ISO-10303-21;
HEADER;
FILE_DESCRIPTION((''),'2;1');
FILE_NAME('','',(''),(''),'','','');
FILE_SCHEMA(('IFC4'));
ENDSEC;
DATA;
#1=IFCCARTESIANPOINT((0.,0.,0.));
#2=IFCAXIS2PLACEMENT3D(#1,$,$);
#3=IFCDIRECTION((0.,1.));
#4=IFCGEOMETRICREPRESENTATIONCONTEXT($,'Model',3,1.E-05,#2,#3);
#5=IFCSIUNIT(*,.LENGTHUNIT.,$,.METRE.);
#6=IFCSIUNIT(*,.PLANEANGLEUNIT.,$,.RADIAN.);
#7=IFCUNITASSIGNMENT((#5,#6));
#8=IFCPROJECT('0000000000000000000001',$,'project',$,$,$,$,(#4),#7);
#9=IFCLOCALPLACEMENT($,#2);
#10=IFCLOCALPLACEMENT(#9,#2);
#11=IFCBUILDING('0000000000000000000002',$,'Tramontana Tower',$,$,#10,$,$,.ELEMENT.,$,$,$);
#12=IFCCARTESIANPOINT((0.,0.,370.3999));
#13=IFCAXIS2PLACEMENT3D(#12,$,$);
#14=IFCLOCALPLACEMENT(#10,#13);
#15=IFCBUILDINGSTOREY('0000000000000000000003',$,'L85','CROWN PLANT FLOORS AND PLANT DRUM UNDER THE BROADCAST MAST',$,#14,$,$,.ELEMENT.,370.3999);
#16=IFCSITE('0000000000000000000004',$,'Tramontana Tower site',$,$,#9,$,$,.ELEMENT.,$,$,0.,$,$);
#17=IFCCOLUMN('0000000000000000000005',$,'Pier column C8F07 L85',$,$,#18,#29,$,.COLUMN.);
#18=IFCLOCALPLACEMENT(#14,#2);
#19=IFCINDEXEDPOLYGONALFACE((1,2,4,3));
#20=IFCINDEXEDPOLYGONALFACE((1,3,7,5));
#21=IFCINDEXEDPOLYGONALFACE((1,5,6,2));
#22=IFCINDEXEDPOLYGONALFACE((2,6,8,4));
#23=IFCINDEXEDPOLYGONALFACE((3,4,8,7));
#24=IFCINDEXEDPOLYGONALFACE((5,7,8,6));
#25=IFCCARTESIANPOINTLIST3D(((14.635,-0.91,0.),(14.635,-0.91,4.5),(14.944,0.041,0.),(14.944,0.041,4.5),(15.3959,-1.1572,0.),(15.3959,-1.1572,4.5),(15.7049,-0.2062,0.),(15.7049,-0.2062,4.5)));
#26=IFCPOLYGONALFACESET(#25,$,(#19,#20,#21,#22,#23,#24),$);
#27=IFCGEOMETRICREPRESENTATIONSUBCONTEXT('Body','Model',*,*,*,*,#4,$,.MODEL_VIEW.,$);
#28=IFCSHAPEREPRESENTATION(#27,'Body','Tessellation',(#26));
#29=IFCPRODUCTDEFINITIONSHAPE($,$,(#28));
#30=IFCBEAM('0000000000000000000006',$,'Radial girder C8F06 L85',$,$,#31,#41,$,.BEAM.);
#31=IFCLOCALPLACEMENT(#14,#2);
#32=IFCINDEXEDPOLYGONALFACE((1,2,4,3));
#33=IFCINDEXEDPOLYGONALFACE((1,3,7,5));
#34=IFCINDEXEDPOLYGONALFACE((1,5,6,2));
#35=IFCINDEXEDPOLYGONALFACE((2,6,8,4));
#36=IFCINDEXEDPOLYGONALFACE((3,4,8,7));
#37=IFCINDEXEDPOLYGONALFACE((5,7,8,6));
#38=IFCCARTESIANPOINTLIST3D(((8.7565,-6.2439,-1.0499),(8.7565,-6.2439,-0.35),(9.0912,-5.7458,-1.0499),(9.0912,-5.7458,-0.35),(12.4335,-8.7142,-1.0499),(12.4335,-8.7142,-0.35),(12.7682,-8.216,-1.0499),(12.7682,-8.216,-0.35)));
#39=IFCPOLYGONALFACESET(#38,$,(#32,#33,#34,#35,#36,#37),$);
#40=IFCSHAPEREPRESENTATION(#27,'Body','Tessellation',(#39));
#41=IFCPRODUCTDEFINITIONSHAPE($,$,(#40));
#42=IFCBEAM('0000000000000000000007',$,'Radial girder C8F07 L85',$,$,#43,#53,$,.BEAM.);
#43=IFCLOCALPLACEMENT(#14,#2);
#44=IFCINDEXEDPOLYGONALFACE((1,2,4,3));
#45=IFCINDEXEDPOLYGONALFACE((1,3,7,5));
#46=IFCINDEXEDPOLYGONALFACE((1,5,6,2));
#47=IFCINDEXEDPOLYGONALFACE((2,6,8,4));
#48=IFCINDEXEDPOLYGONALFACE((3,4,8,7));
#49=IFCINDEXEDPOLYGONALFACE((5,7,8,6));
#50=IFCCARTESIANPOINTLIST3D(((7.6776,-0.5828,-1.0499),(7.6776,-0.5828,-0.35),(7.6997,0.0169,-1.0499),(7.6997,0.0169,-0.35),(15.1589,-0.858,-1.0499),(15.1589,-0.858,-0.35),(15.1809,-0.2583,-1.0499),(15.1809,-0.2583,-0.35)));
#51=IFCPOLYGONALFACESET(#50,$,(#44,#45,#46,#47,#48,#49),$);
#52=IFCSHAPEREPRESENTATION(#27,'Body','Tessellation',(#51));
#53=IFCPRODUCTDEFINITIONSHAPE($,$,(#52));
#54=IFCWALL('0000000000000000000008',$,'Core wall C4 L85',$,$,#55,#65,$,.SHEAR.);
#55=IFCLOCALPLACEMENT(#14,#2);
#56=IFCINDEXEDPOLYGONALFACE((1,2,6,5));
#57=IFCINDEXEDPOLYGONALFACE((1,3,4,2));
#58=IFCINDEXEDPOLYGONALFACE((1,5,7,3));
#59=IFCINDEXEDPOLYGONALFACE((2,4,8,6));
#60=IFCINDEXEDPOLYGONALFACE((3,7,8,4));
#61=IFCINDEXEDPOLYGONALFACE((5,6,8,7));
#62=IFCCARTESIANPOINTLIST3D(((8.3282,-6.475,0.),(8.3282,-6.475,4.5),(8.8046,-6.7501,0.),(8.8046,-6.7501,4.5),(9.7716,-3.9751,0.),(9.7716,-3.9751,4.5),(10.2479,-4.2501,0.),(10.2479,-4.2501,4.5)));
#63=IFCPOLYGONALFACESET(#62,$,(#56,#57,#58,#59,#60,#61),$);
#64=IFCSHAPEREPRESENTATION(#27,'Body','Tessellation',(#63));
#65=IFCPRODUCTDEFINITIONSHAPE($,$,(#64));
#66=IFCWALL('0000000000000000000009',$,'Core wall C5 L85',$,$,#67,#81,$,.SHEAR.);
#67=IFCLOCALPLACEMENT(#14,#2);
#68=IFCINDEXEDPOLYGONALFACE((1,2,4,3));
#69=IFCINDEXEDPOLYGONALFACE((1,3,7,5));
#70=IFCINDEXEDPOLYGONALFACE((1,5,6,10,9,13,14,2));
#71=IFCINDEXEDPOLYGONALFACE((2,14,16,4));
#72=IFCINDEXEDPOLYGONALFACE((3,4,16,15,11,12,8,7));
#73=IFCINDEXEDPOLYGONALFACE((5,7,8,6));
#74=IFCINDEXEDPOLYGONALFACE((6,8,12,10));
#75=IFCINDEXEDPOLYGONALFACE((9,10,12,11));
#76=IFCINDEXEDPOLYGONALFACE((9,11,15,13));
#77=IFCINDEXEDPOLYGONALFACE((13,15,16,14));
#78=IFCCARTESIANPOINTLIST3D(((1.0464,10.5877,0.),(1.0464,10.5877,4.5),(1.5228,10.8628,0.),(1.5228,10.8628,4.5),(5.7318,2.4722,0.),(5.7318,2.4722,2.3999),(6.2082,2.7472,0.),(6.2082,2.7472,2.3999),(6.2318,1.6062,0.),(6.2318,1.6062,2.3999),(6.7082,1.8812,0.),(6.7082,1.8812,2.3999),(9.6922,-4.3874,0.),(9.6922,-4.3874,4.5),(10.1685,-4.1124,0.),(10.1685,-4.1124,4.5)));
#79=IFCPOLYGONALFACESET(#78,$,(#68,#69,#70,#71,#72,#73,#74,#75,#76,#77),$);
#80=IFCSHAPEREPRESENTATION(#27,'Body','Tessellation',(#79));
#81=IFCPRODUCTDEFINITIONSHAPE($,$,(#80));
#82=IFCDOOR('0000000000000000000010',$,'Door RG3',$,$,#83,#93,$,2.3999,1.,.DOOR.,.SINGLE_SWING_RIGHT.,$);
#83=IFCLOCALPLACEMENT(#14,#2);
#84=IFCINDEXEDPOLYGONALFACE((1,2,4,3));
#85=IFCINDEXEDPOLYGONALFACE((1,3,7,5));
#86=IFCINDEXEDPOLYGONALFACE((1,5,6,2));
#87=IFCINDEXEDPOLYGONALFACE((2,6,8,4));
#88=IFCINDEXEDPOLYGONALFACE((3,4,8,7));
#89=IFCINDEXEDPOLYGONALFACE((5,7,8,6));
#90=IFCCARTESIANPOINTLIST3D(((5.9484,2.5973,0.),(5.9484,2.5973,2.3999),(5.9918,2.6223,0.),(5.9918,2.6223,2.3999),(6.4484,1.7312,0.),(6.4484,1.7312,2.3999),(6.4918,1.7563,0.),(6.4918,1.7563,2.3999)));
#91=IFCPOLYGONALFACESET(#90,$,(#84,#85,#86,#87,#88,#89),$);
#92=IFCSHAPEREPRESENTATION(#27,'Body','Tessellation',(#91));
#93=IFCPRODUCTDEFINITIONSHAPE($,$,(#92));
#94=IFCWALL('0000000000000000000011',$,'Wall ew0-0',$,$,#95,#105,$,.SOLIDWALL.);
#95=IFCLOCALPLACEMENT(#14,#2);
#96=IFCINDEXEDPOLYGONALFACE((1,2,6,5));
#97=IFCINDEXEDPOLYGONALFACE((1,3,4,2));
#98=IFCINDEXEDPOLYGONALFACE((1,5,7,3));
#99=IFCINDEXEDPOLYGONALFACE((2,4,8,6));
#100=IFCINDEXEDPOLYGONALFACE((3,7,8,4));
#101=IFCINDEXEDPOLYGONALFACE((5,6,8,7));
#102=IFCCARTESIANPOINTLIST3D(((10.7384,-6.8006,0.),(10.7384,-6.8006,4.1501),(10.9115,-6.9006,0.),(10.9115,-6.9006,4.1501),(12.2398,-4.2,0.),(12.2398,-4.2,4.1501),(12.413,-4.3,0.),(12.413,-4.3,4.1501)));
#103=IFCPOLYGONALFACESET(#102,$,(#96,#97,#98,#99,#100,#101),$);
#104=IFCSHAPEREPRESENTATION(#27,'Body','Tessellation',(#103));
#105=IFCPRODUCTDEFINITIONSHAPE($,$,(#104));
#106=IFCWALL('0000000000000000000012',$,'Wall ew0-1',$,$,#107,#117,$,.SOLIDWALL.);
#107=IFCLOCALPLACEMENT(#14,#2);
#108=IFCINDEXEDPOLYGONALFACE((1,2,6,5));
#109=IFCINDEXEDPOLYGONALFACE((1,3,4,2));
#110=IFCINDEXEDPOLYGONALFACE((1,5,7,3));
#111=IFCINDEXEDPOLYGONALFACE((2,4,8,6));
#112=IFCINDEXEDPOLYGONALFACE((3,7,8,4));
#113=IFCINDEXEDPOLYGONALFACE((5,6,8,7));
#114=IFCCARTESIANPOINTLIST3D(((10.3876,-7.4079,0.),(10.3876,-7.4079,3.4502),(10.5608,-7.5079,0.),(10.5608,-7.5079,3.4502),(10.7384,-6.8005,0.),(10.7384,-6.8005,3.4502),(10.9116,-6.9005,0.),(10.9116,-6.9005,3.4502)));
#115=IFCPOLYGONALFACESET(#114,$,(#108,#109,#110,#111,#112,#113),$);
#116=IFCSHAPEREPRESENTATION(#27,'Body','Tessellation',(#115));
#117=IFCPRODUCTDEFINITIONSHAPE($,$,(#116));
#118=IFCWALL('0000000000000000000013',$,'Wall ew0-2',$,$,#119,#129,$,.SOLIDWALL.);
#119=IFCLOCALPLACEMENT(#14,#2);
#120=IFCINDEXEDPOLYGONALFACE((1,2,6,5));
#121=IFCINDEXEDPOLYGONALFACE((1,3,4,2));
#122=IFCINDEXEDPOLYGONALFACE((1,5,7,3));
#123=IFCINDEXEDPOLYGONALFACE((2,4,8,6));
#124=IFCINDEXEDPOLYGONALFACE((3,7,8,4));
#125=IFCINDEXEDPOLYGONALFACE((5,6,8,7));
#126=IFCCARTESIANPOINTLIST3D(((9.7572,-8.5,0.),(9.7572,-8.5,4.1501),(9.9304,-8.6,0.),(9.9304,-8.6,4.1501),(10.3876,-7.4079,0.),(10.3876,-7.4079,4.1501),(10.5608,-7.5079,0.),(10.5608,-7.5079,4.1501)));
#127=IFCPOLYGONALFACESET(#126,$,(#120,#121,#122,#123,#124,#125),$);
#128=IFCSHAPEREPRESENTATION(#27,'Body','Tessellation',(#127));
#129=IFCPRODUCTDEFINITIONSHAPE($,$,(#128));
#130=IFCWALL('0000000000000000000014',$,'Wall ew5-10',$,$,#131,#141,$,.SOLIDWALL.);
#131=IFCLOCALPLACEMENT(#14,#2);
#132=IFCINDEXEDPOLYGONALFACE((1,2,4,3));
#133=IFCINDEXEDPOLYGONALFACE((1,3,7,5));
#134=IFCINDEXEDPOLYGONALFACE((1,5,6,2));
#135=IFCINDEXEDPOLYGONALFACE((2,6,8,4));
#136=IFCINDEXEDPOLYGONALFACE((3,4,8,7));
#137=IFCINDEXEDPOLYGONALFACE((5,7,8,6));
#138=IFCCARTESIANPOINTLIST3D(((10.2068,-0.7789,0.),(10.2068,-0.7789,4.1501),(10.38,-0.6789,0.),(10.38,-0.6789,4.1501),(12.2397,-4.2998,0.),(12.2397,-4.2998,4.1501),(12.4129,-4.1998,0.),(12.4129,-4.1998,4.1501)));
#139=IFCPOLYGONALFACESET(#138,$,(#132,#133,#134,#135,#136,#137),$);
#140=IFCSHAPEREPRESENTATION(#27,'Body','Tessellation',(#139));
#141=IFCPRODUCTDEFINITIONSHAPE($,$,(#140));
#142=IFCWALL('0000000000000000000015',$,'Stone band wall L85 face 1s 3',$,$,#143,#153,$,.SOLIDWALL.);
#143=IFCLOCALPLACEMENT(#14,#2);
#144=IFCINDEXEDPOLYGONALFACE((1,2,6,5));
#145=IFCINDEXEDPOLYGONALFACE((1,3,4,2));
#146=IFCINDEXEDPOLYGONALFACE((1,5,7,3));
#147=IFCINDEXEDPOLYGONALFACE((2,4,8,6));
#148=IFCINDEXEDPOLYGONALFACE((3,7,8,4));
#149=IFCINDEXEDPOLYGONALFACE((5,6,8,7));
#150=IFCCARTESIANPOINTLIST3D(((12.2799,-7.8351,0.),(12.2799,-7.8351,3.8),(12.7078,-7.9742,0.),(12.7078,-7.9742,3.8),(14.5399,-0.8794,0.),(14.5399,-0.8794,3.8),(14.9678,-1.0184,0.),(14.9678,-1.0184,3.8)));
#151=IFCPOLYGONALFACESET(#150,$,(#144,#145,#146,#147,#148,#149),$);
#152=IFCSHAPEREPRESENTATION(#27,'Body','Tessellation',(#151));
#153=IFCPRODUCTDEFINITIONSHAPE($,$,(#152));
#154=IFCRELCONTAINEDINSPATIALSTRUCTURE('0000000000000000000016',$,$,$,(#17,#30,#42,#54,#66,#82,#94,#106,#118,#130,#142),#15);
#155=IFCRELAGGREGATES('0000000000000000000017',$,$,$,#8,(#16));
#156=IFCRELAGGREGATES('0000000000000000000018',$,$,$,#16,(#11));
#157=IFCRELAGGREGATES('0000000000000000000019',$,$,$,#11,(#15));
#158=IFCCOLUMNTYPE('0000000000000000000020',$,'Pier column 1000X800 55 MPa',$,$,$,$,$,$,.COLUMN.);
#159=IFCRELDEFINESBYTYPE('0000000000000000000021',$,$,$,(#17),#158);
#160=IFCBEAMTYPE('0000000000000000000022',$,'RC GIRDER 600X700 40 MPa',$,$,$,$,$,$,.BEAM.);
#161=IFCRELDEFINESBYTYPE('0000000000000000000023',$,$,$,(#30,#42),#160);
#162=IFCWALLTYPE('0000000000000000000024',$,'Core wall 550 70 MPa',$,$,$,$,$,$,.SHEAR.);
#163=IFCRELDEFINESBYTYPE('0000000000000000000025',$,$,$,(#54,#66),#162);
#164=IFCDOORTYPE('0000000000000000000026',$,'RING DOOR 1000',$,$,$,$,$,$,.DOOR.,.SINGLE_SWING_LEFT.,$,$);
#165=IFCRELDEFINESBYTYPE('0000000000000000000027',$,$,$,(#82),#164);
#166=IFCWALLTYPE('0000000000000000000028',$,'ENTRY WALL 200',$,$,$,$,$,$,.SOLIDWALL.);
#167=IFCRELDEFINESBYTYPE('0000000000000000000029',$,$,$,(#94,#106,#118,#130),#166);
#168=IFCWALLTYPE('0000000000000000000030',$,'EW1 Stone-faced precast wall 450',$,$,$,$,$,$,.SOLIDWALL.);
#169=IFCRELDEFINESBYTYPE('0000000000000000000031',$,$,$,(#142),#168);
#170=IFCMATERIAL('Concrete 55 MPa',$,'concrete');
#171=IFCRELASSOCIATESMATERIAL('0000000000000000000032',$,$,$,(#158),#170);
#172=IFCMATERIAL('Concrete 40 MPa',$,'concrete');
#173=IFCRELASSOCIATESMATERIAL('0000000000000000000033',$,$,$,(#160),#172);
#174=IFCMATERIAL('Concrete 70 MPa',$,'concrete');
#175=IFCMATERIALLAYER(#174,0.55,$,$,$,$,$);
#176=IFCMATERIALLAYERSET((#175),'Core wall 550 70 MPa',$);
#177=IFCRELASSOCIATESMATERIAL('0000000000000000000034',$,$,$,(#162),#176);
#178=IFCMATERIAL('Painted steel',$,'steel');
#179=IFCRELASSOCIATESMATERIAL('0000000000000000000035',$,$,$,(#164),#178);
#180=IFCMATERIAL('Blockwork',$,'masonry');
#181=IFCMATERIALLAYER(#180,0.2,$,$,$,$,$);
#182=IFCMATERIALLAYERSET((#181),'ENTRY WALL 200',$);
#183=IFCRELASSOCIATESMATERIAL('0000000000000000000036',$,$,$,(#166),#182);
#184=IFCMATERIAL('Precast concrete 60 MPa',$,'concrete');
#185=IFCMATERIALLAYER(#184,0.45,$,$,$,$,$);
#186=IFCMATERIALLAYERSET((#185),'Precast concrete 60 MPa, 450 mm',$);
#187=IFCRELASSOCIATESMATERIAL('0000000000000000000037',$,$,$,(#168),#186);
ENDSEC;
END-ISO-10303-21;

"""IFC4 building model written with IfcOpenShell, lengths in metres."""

from ifc_helpers import new_model, si_unit, direction, frame, frame_2d, origin, origin_2d, place, context, subcontext, project, spatial, rectangle, extrude, material, layer, layer_set, material_profile, profile_set, type_object, element, fill, save


model = new_model("IFC4")

# Units and contexts
model_context = context("Model", 3, precision=1e-05, world=origin(), true_north=direction((0.0, 1.0)))
body_context = subcontext(model_context, "Body", "Model", "MODEL_VIEW")
ifc_project = project(units=[si_unit("LENGTHUNIT", "METRE"), si_unit("PLANEANGLEUNIT", "RADIAN")], contexts=[model_context])

# Site, building, storey
site_placement = place(None, origin())
site = spatial("IfcSite", under=ifc_project, at=site_placement, Name="Tramontana Tower site", CompositionType="ELEMENT", RefElevation=0.0)
building_placement = place(site_placement, origin())
building = spatial("IfcBuilding", under=site, at=building_placement, Name="Tramontana Tower", CompositionType="ELEMENT")
storey_placement = place(building_placement, frame((0.0, 0.0, 370.3999)))
storey = spatial("IfcBuildingStorey", under=building, at=storey_placement, Name="L85", Description="CROWN PLANT FLOORS AND PLANT DRUM UNDER THE BROADCAST MAST", CompositionType="ELEMENT", Elevation=370.3999)

# Column
ifc_material_1 = material(Name="Concrete 55 MPa", Category="concrete")
ifc_material_profile_1 = material_profile(ifc_material_1, rectangle(XDim=1.0, YDim=0.8, at=origin_2d()), Name="Pier column 1000X800 55 MPa")
ifc_profile_set_1 = profile_set([ifc_material_profile_1], Name="Concrete 55 MPa")
column_type = type_object("IfcColumnType", Name="Pier column 1000X800 55 MPa", PredefinedType="COLUMN", material=ifc_profile_set_1)
column_placement = place(storey_placement, frame((15.1699, -0.5581, 0.0), z_axis=(0.0, 0.0, 1.0), x_axis=(0.309017, 0.951057, 0.0)))
element("IfcColumn", 1, at=column_placement, inside=storey, type_object=column_type, Name="Pier column C8F07 L85", PredefinedType="COLUMN", context=body_context, shape_type="SweptSolid", body=[
    extrude(rectangle(XDim=1.0, YDim=0.8, at=origin_2d()), origin(), (0.0, 0.0, 1.0), 4.5),
])

# Beams
ifc_material_2 = material(Name="Concrete 40 MPa", Category="concrete")
ifc_material_profile_2 = material_profile(ifc_material_2, rectangle(XDim=0.6001, YDim=0.7, at=origin_2d()), Name="RC GIRDER 600X700 40 MPa")
ifc_profile_set_2 = profile_set([ifc_material_profile_2], Name="Concrete 40 MPa")
beam_type = type_object("IfcBeamType", Name="RC GIRDER 600X700 40 MPa", PredefinedType="BEAM", material=ifc_profile_set_2)
beam_1_placement = place(storey_placement, frame((12.6008, -8.4651, -0.7), z_axis=(-0.830078, 0.557647, 0.0), x_axis=(-0.557647, -0.830078, 0.0)))
element("IfcBeam", 2, at=beam_1_placement, inside=storey, type_object=beam_type, Name="Radial girder C8F06 L85", PredefinedType="BEAM", context=body_context, shape_type="SweptSolid", body=[
    extrude(rectangle(XDim=0.6001, YDim=0.7, at=origin_2d()), origin(), (0.0, 0.0, 1.0), 4.4297),
])
beam_2_placement = place(storey_placement, frame((15.1699, -0.5581, -0.7), z_axis=(-0.999324, 0.036754, 0.0), x_axis=(-0.036754, -0.999324, 0.0)))
element("IfcBeam", 3, at=beam_2_placement, inside=storey, type_object=beam_type, Name="Radial girder C8F07 L85", PredefinedType="BEAM", context=body_context, shape_type="SweptSolid", body=[
    extrude(rectangle(XDim=0.6001, YDim=0.7, at=origin_2d()), origin(), (0.0, 0.0, 1.0), 7.4863),
])

# Wall
ifc_material_3 = material(Name="Concrete 70 MPa", Category="concrete")
ifc_layer_1 = layer(ifc_material_3, 0.55)
ifc_layer_set_1 = layer_set([ifc_layer_1], Name="Core wall 550 70 MPa")
wall_type_1 = type_object("IfcWallType", Name="Core wall 550 70 MPa", PredefinedType="SHEAR", material=ifc_layer_set_1)
wall_1_placement = place(storey_placement, frame((8.5664, -6.6125, 0.0), z_axis=(0.0, 0.0, 1.0), x_axis=(0.499996, 0.866028, 0.0)))
element("IfcWall", 4, at=wall_1_placement, inside=storey, type_object=wall_type_1, Name="Core wall C4 L85", PredefinedType="SHEAR", context=body_context, shape_type="SweptSolid", body=[
    extrude(rectangle(XDim=2.8867, YDim=0.55, at=frame_2d((1.4434, 0.0))), origin(), (0.0, 0.0, 1.0), 4.5),
])

# Wall, opening, door
wall_2_placement = place(storey_placement, frame((9.9304, -4.25, 0.0), z_axis=(0.0, 0.0, 1.0), x_axis=(-0.499995, 0.866029, 0.0)))
wall_2 = element("IfcWall", 5, at=wall_2_placement, inside=storey, type_object=wall_type_1, Name="Core wall C5 L85", PredefinedType="SHEAR", context=body_context, shape_type="SweptSolid", body=[
    extrude(rectangle(XDim=17.2917, YDim=0.55, at=frame_2d((8.646, 0.0))), origin(), (0.0, 0.0, 1.0), 4.5),
])
opening_1_placement = place(wall_2_placement, frame((6.9209, 0.0, 0.0)))
opening_1 = element("IfcOpeningElement", 6, at=opening_1_placement, cuts=wall_2, PredefinedType="OPENING", context=body_context, shape_type="SweptSolid", body=[
    extrude(rectangle(XDim=1.0, YDim=2.3999, at=frame_2d((0.5, 1.2))), frame((0.0, 0.2849, 0.0), z_axis=(0.0, -1.0, 0.0), x_axis=(1.0, 0.0, 0.0)), (0.0, 0.0, 1.0), 0.5701),
])
ifc_material_4 = material(Name="Painted steel", Category="steel")
door_type_1 = type_object("IfcDoorType", Name="RING DOOR 1000", OperationType="SINGLE_SWING_LEFT", PredefinedType="DOOR", material=ifc_material_4)
door_1_placement = place(opening_1_placement, origin())
door_1 = element("IfcDoor", 7, at=door_1_placement, inside=storey, type_object=door_type_1, Name="Door RG3", OperationType="SINGLE_SWING_RIGHT", OverallHeight=2.3999, OverallWidth=1.0, PredefinedType="DOOR", context=body_context, shape_type="SweptSolid", body=[
    extrude(rectangle(XDim=1.0, YDim=2.3999, at=frame_2d((0.5, 1.2))), frame((0.0, 0.0249, 0.0), z_axis=(0.0, -1.0, 0.0), x_axis=(1.0, 0.0, 0.0)), (0.0, 0.0, 1.0), 0.05),
])
fill(opening_1, door_1)

# Walls
ifc_material_5 = material(Name="Blockwork", Category="masonry")
ifc_layer_2 = layer(ifc_material_5, 0.2)
ifc_layer_set_2 = layer_set([ifc_layer_2], Name="ENTRY WALL 200")
wall_type_2 = type_object("IfcWallType", Name="ENTRY WALL 200", PredefinedType="SOLIDWALL", material=ifc_layer_set_2)
wall_3_placement = place(storey_placement, frame((12.3264, -4.25, 0.0), z_axis=(0.0, 0.0, 1.0), x_axis=(-0.500004, -0.866023, 0.0)))
element("IfcWall", 8, at=wall_3_placement, inside=storey, type_object=wall_type_2, Name="Wall ew0-0", PredefinedType="SOLIDWALL", context=body_context, shape_type="SweptSolid", body=[
    extrude(rectangle(XDim=3.0029, YDim=0.2, at=frame_2d((1.5015, 0.0))), origin(), (0.0, 0.0, 1.0), 4.1501),
])
wall_4_placement = place(storey_placement, frame((10.825, -6.8506, 0.0), z_axis=(0.0, 0.0, 1.0), x_axis=(-0.500144, -0.865942, 0.0)))
element("IfcWall", 9, at=wall_4_placement, inside=storey, type_object=wall_type_2, Name="Wall ew0-1", PredefinedType="SOLIDWALL", context=body_context, shape_type="SweptSolid", body=[
    extrude(rectangle(XDim=0.7014, YDim=0.2, at=frame_2d((0.3506, 0.0))), origin(), (0.0, 0.0, 1.0), 3.4502),
])
wall_5_placement = place(storey_placement, frame((10.4741, -7.458, 0.0), z_axis=(0.0, 0.0, 1.0), x_axis=(-0.499929, -0.866066, 0.0)))
element("IfcWall", 10, at=wall_5_placement, inside=storey, type_object=wall_type_2, Name="Wall ew0-2", PredefinedType="SOLIDWALL", context=body_context, shape_type="SweptSolid", body=[
    extrude(rectangle(XDim=1.261, YDim=0.2, at=frame_2d((0.6304, 0.0))), origin(), (0.0, 0.0, 1.0), 4.1501),
])
wall_6_placement = place(storey_placement, frame((10.2935, -0.729, 0.0), z_axis=(0.0, 0.0, 1.0), x_axis=(0.50002, -0.866014, 0.0)))
element("IfcWall", 11, at=wall_6_placement, inside=storey, type_object=wall_type_2, Name="Wall ew5-10", PredefinedType="SOLIDWALL", context=body_context, shape_type="SweptSolid", body=[
    extrude(rectangle(XDim=4.0657, YDim=0.2, at=frame_2d((2.0327, 0.0))), origin(), (0.0, 0.0, 1.0), 4.1501),
])
ifc_material_6 = material(Name="Precast concrete 60 MPa", Category="concrete")
ifc_layer_3 = layer(ifc_material_6, 0.45)
ifc_layer_set_3 = layer_set([ifc_layer_3], Name="Precast concrete 60 MPa, 450 mm")
wall_type_3 = type_object("IfcWallType", Name="EW1 Stone-faced precast wall 450", PredefinedType="SOLIDWALL", material=ifc_layer_set_3)
wall_7_placement = place(storey_placement, frame((12.4939, -7.9045, 0.0), z_axis=(0.0, 0.0, 1.0), x_axis=(0.309008, 0.951059, 0.0)))
element("IfcWall", 12, at=wall_7_placement, inside=storey, type_object=wall_type_3, Name="Stone band wall L85 face 1s 3", PredefinedType="SOLIDWALL", context=body_context, shape_type="SweptSolid", body=[
    extrude(rectangle(XDim=7.3137, YDim=0.45, at=frame_2d((3.6567, 0.0))), origin(), (0.0, 0.0, 1.0), 3.8),
])

save(model, "model.ifc")
